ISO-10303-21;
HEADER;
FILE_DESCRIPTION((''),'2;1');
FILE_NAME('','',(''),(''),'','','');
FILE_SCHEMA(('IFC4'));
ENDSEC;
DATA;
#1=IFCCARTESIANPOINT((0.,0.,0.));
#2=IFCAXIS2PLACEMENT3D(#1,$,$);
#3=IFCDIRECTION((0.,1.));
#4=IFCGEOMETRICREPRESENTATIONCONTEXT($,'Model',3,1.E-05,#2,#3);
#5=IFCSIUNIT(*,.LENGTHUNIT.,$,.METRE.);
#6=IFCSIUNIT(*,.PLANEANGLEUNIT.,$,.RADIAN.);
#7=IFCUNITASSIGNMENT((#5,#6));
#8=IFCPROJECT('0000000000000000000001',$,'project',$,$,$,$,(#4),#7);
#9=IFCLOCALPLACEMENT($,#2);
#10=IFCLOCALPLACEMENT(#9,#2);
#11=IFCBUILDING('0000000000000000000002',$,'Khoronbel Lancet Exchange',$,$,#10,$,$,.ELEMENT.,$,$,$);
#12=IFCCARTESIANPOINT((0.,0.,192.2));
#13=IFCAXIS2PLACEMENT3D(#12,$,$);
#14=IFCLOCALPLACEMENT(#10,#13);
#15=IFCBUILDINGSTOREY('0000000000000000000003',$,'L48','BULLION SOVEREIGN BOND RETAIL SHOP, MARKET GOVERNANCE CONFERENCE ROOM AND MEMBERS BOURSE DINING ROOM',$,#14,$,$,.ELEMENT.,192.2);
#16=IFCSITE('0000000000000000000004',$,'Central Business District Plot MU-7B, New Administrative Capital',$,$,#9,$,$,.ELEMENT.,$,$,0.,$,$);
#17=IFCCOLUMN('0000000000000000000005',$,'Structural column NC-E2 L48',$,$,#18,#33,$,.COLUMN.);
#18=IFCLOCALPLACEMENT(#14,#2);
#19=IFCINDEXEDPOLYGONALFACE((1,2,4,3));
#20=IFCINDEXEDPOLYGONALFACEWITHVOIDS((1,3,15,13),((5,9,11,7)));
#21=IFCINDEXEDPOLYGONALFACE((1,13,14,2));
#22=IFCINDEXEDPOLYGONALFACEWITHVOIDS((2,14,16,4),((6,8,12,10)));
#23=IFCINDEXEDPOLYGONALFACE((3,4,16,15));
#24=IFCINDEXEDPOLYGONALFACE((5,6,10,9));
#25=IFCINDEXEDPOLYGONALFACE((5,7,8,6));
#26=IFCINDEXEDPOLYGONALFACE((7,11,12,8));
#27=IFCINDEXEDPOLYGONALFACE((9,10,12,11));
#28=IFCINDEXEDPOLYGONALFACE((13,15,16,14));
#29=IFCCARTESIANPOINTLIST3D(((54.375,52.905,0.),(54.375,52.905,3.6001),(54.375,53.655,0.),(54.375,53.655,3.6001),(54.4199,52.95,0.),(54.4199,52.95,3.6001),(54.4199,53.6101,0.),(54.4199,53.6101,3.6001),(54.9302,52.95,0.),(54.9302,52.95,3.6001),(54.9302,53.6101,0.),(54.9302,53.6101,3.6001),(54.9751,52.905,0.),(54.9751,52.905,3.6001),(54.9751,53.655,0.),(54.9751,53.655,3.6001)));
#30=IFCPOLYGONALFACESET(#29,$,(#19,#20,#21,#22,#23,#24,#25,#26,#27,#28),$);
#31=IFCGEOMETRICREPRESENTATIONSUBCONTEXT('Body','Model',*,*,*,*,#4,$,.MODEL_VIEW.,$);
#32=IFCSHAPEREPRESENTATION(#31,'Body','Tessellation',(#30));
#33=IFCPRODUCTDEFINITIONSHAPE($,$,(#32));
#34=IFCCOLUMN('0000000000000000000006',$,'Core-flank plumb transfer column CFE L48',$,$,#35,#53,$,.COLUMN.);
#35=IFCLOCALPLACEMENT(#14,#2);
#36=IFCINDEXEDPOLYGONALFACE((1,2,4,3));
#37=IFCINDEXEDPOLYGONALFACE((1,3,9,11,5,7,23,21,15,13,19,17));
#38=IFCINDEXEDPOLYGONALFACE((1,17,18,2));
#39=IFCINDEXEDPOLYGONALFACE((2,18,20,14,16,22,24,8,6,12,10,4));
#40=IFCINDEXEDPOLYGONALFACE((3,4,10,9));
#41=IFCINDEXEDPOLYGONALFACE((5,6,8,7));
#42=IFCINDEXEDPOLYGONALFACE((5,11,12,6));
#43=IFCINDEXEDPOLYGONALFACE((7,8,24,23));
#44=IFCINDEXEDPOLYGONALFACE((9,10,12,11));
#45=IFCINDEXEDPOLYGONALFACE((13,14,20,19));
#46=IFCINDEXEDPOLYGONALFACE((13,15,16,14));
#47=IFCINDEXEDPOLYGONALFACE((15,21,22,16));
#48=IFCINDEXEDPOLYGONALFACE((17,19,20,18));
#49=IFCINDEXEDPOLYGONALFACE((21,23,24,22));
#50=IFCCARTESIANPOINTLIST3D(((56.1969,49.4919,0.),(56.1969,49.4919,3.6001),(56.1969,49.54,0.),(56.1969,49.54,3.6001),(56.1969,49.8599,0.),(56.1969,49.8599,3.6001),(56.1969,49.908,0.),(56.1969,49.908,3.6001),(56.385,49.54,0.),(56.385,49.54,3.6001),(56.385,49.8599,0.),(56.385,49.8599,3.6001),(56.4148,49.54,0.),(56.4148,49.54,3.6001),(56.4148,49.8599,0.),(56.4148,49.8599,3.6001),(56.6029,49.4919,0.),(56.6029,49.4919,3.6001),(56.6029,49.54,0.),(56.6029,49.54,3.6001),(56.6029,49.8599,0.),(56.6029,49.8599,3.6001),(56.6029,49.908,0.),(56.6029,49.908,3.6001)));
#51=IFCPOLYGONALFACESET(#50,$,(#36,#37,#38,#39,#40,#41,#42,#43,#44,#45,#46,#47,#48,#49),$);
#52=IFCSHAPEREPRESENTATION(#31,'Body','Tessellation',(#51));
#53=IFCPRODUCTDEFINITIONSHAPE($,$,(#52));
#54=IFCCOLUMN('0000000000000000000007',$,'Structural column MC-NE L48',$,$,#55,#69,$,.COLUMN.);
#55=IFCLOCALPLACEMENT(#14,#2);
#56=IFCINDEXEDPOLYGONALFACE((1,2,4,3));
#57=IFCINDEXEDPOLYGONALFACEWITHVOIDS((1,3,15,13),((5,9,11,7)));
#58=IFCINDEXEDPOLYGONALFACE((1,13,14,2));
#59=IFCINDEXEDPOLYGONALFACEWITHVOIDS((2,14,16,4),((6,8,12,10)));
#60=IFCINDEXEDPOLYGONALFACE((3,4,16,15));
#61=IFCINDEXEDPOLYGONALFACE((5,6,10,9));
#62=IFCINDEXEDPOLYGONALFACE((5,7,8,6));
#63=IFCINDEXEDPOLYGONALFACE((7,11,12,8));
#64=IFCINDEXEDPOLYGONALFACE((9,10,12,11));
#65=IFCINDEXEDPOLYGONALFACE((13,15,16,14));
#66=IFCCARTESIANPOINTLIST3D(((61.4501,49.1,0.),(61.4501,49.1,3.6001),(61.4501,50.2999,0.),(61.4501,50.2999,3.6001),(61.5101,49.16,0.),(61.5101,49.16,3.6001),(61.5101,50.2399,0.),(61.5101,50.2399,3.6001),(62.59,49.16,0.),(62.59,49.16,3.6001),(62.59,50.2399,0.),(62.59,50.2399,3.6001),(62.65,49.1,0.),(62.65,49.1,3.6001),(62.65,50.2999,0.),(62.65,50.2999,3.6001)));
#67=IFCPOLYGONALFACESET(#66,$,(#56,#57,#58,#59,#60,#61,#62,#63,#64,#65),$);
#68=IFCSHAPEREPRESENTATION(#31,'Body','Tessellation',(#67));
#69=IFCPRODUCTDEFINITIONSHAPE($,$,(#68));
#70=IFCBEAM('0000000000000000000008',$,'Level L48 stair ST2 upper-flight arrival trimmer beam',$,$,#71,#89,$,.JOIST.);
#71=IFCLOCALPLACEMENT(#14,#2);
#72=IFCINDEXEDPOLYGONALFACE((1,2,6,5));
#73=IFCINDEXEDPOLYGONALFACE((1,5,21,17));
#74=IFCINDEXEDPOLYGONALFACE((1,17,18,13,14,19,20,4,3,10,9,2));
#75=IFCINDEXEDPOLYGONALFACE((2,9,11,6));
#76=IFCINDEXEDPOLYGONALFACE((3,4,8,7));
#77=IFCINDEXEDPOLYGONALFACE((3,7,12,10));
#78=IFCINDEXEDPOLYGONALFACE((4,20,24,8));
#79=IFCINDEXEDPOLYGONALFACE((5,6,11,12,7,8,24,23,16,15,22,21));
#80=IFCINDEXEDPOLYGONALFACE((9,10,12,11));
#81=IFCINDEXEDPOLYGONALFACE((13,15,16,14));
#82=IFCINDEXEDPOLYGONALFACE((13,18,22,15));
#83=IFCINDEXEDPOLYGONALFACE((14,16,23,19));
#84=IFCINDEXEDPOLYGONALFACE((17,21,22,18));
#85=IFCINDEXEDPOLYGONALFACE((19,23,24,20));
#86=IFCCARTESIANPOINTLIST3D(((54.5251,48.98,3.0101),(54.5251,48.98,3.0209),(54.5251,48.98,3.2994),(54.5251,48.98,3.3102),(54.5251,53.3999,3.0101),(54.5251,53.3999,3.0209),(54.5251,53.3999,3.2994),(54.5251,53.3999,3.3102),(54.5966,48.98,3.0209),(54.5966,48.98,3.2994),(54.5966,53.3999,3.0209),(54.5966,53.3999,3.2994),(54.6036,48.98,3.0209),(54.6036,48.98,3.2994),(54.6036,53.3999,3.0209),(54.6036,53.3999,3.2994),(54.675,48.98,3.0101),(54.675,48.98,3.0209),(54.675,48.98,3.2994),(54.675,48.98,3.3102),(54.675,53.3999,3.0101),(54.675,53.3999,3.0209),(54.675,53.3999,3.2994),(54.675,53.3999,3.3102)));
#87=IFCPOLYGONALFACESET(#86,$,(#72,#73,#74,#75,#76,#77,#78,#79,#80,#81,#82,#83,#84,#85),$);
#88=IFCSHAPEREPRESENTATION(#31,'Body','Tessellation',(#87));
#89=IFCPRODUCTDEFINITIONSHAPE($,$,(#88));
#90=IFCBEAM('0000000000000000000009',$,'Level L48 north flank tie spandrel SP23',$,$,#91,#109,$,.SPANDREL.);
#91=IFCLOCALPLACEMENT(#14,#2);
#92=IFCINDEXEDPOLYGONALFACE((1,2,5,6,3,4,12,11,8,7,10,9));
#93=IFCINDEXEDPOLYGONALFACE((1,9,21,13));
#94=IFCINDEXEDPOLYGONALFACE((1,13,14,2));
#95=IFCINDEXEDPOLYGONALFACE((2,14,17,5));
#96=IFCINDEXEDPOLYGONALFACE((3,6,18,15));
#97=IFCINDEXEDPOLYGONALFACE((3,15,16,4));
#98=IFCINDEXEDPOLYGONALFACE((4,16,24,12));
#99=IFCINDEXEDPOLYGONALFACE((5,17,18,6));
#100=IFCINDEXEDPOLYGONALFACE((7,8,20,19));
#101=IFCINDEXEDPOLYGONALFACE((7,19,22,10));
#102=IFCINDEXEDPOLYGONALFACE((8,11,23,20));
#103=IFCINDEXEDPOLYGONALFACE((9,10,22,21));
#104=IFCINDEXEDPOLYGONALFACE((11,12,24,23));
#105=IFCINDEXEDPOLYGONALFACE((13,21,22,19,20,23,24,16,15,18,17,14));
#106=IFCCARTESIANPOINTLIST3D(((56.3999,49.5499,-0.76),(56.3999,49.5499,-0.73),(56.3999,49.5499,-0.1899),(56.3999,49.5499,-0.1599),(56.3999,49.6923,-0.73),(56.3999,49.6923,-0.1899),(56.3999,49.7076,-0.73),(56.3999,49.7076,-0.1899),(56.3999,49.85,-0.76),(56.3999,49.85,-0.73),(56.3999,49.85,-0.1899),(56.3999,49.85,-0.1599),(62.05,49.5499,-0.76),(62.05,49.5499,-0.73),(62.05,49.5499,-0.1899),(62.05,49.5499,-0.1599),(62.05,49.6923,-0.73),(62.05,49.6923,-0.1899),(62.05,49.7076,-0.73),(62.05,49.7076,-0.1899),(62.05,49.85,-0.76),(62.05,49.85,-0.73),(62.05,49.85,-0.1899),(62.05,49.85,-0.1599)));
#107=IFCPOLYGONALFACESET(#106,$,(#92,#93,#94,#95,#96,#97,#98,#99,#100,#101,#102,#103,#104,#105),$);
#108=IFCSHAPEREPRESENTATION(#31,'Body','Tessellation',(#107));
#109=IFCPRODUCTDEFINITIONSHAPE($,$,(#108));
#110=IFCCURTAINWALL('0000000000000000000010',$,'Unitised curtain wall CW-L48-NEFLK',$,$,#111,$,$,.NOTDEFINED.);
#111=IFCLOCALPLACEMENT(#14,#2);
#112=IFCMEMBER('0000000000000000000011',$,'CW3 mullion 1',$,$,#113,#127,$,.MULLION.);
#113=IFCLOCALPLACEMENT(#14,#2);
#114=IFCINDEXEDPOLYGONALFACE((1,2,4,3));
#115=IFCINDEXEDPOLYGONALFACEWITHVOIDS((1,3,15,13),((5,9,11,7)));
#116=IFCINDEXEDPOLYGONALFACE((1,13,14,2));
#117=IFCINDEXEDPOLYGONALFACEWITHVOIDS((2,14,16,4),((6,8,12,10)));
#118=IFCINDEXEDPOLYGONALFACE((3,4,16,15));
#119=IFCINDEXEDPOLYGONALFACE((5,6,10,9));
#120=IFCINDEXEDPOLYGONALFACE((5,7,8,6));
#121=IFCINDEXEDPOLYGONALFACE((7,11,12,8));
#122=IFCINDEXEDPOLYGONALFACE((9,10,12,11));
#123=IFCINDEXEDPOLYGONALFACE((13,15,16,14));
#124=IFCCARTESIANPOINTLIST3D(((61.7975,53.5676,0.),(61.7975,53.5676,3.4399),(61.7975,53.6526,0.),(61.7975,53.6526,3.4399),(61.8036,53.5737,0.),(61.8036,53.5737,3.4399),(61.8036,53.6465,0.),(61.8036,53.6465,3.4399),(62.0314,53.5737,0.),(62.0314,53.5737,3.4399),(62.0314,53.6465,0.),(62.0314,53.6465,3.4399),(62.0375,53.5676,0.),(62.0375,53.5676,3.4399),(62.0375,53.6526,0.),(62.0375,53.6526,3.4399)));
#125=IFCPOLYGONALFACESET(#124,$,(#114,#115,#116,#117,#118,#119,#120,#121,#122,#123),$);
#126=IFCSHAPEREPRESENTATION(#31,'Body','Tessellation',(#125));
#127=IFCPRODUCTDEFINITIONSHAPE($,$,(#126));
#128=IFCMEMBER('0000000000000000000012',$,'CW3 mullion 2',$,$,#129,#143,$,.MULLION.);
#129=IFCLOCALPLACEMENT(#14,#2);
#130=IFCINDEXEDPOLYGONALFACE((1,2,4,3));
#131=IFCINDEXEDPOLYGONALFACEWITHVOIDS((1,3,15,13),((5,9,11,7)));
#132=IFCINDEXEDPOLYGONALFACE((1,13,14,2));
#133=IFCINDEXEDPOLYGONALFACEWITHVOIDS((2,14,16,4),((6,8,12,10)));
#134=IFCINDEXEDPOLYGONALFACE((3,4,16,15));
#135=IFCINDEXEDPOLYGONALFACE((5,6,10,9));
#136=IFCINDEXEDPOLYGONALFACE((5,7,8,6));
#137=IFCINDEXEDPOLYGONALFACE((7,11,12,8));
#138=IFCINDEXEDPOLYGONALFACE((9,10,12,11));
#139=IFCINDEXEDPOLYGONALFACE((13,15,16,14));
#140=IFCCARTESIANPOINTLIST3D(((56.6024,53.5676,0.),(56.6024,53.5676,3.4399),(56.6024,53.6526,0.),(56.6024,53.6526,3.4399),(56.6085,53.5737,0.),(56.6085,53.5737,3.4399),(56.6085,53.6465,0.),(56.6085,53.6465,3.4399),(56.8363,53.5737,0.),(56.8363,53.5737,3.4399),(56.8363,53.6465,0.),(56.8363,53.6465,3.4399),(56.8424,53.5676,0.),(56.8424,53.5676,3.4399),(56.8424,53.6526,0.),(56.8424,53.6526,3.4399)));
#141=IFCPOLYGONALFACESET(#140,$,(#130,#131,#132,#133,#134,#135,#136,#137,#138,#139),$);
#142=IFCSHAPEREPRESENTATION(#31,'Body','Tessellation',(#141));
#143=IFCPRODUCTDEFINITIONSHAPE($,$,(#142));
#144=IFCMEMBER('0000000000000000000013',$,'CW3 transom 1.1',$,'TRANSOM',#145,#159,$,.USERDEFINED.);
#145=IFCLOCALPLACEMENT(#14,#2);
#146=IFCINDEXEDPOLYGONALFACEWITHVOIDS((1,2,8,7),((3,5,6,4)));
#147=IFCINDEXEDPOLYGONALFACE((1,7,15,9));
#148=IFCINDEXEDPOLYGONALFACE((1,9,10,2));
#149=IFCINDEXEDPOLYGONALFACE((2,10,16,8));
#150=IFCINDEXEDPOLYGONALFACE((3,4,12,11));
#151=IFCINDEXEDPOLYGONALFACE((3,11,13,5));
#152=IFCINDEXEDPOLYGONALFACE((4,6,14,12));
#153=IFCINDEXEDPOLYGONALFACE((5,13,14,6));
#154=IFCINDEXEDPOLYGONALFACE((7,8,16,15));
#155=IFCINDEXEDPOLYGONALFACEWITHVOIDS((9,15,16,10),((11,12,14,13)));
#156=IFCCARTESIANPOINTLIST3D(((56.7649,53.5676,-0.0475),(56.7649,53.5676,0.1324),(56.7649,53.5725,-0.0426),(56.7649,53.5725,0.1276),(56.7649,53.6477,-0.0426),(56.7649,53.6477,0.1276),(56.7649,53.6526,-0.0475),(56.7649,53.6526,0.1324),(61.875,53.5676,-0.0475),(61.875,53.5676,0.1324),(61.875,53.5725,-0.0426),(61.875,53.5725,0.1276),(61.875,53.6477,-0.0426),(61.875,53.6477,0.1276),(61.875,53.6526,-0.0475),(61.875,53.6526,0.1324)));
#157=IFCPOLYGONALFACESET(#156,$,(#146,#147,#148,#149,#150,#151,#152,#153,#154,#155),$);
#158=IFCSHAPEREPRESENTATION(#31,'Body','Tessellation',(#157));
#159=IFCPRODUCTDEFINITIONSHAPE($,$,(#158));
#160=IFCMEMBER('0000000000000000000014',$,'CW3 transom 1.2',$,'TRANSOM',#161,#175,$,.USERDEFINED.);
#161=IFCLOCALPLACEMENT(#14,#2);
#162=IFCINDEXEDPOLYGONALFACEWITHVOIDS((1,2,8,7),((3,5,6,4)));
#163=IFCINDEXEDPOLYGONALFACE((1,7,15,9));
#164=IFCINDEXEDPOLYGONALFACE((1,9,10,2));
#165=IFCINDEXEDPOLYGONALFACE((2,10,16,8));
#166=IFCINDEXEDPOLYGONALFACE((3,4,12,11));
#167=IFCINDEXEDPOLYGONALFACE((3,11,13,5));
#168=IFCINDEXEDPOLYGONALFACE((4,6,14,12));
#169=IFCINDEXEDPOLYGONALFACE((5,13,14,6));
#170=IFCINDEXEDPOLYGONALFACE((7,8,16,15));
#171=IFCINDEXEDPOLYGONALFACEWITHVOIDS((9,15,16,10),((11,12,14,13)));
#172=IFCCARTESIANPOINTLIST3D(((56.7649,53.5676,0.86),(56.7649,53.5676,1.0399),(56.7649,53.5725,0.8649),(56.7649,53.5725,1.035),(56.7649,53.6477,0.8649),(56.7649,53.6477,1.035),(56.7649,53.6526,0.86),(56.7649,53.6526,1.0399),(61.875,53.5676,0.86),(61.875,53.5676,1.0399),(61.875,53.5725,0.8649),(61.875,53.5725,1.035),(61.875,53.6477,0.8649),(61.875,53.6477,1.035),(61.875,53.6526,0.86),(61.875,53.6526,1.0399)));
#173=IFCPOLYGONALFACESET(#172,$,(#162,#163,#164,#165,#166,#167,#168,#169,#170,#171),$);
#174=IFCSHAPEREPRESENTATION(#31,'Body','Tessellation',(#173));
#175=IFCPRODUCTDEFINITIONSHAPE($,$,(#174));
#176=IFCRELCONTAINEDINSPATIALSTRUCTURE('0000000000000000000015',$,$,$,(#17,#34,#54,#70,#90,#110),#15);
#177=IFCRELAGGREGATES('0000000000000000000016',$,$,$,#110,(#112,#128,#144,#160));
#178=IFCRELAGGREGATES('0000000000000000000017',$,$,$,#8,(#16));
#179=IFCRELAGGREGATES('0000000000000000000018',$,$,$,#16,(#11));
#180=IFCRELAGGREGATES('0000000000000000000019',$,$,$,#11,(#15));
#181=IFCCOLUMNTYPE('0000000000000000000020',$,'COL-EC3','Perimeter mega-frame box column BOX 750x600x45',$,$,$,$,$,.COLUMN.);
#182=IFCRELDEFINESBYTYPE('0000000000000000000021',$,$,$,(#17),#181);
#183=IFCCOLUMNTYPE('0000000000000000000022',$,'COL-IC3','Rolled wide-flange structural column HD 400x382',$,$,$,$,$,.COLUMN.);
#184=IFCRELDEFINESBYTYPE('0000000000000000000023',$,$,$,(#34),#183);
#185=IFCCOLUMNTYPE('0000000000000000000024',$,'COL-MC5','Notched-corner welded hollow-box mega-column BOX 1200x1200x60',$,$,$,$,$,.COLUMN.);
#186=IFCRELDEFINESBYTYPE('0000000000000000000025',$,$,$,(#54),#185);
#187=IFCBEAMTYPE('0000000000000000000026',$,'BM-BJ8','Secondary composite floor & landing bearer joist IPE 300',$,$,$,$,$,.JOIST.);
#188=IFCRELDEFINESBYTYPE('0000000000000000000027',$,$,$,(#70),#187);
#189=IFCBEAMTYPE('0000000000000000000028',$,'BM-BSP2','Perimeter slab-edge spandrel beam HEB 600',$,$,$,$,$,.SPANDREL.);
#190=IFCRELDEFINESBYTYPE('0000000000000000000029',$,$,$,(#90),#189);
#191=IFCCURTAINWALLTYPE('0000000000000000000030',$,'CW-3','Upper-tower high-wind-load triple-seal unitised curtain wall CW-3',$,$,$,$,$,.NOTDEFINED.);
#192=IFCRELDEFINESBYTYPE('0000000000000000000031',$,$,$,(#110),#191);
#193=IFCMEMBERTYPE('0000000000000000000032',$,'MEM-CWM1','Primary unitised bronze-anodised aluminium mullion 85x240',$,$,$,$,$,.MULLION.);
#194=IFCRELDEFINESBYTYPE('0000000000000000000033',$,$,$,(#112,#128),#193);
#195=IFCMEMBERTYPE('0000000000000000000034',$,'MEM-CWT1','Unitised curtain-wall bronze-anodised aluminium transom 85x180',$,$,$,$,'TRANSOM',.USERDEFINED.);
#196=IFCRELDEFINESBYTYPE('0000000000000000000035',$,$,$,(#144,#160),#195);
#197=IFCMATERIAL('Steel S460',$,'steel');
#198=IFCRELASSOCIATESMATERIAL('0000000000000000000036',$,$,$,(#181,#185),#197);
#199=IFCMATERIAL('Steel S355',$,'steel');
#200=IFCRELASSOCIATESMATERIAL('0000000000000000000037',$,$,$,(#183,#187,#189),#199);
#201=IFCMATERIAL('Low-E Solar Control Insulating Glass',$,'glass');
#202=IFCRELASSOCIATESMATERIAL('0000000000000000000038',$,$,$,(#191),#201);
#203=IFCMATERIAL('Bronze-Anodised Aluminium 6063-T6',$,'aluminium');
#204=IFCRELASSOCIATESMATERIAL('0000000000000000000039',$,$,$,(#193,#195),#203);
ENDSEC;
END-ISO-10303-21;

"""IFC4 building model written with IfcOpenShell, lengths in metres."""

from ifc_helpers import new_model, si_unit, direction, frame, origin, origin_2d, place, context, subcontext, project, spatial, hollow_rectangle, i_section, extrude, material, material_profile, profile_set, type_object, element, aggregate, save


model = new_model("IFC4")

# Units and contexts
model_context = context("Model", 3, precision=1e-05, world=origin(), true_north=direction((0.0, 1.0)))
body_context = subcontext(model_context, "Body", "Model", "MODEL_VIEW")
ifc_project = project(units=[si_unit("LENGTHUNIT", "METRE"), si_unit("PLANEANGLEUNIT", "RADIAN")], contexts=[model_context])

# Site, building, storey
site_placement = place(None, origin())
site = spatial("IfcSite", under=ifc_project, at=site_placement, Name="Central Business District Plot MU-7B, New Administrative Capital", CompositionType="ELEMENT", RefElevation=0.0)
building_placement = place(site_placement, origin())
building = spatial("IfcBuilding", under=site, at=building_placement, Name="Khoronbel Lancet Exchange", CompositionType="ELEMENT")
storey_placement = place(building_placement, frame((0.0, 0.0, 192.2)))
storey = spatial("IfcBuildingStorey", under=building, at=storey_placement, Name="L48", Description="BULLION SOVEREIGN BOND RETAIL SHOP, MARKET GOVERNANCE CONFERENCE ROOM AND MEMBERS BOURSE DINING ROOM", CompositionType="ELEMENT", Elevation=192.2)

# Columns
ifc_material_1 = material(Name="Steel S460", Category="steel")
ifc_material_profile_1 = material_profile(ifc_material_1, hollow_rectangle(XDim=0.6001, YDim=0.75, WallThickness=0.0449, at=origin_2d()), Name="BOX 750x600x45")
ifc_profile_set_1 = profile_set([ifc_material_profile_1], Name="Steel S460")
column_type_1 = type_object("IfcColumnType", Name="COL-EC3", Description="Perimeter mega-frame box column BOX 750x600x45", PredefinedType="COLUMN", material=ifc_profile_set_1)
column_1_placement = place(storey_placement, frame((54.675, 53.28, 0.0), z_axis=(0.0, 0.0, 1.0), x_axis=(1.0, 0.0, 0.0)))
element("IfcColumn", 1, at=column_1_placement, inside=storey, type_object=column_type_1, Name="Structural column NC-E2 L48", PredefinedType="COLUMN", context=body_context, shape_type="SweptSolid", body=[
    extrude(hollow_rectangle(XDim=0.6001, YDim=0.75, WallThickness=0.0449, at=origin_2d()), origin(), (0.0, 0.0, 1.0), 3.6001),
])
ifc_material_2 = material(Name="Steel S355", Category="steel")
ifc_material_profile_2 = material_profile(ifc_material_2, i_section(OverallWidth=0.406, OverallDepth=0.416, WebThickness=0.0298, FlangeThickness=0.0481, at=origin_2d()), Name="HD 400x382")
ifc_profile_set_2 = profile_set([ifc_material_profile_2], Name="Steel S355")
column_type_2 = type_object("IfcColumnType", Name="COL-IC3", Description="Rolled wide-flange structural column HD 400x382", PredefinedType="COLUMN", material=ifc_profile_set_2)
column_2_placement = place(storey_placement, frame((56.3999, 49.7, 0.0), z_axis=(0.0, 0.0, 1.0), x_axis=(1.0, 0.0, 0.0)))
element("IfcColumn", 2, at=column_2_placement, inside=storey, type_object=column_type_2, Name="Core-flank plumb transfer column CFE L48", PredefinedType="COLUMN", context=body_context, shape_type="SweptSolid", body=[
    extrude(i_section(OverallWidth=0.406, OverallDepth=0.416, WebThickness=0.0298, FlangeThickness=0.0481, at=origin_2d()), origin(), (0.0, 0.0, 1.0), 3.6001),
])
ifc_material_profile_3 = material_profile(ifc_material_1, hollow_rectangle(XDim=1.2, YDim=1.2, WallThickness=0.0601, at=origin_2d()), Name="BOX 1200x1200x60")
ifc_profile_set_3 = profile_set([ifc_material_profile_3], Name="Steel S460")
column_type_3 = type_object("IfcColumnType", Name="COL-MC5", Description="Notched-corner welded hollow-box mega-column BOX 1200x1200x60", PredefinedType="COLUMN", material=ifc_profile_set_3)
column_3_placement = place(storey_placement, frame((62.05, 49.7, 0.0), z_axis=(0.0, 0.0, 1.0), x_axis=(1.0, 0.0, 0.0)))
element("IfcColumn", 3, at=column_3_placement, inside=storey, type_object=column_type_3, Name="Structural column MC-NE L48", PredefinedType="COLUMN", context=body_context, shape_type="SweptSolid", body=[
    extrude(hollow_rectangle(XDim=1.2, YDim=1.2, WallThickness=0.0601, at=origin_2d()), origin(), (0.0, 0.0, 1.0), 3.6001),
])

# Beams
ifc_material_profile_4 = material_profile(ifc_material_2, i_section(OverallWidth=0.1499, OverallDepth=0.3, WebThickness=0.0071, FlangeThickness=0.0107, at=origin_2d()), Name="IPE 300")
ifc_profile_set_4 = profile_set([ifc_material_profile_4], Name="Steel S355")
beam_type_1 = type_object("IfcBeamType", Name="BM-BJ8", Description="Secondary composite floor & landing bearer joist IPE 300", PredefinedType="JOIST", material=ifc_profile_set_4)
beam_1_placement = place(storey_placement, frame((54.6001, 48.98, 3.1602), z_axis=(0.0, 1.0, 0.0), x_axis=(-1.0, 0.0, 0.0)))
element("IfcBeam", 4, at=beam_1_placement, inside=storey, type_object=beam_type_1, Name="Level L48 stair ST2 upper-flight arrival trimmer beam", PredefinedType="JOIST", context=body_context, shape_type="SweptSolid", body=[
    extrude(i_section(OverallWidth=0.1499, OverallDepth=0.3, WebThickness=0.0071, FlangeThickness=0.0107, at=origin_2d()), origin(), (0.0, 0.0, 1.0), 4.4199),
])
ifc_material_profile_5 = material_profile(ifc_material_2, i_section(OverallWidth=0.3, OverallDepth=0.6001, WebThickness=0.0154, FlangeThickness=0.03, at=origin_2d()), Name="HEB 600")
ifc_profile_set_5 = profile_set([ifc_material_profile_5], Name="Steel S355")
beam_type_2 = type_object("IfcBeamType", Name="BM-BSP2", Description="Perimeter slab-edge spandrel beam HEB 600", PredefinedType="SPANDREL", material=ifc_profile_set_5)
beam_2_placement = place(storey_placement, frame((62.05, 49.7, -0.46), z_axis=(-1.0, 0.0, 0.0), x_axis=(0.0, -1.0, 0.0)))
element("IfcBeam", 5, at=beam_2_placement, inside=storey, type_object=beam_type_2, Name="Level L48 north flank tie spandrel SP23", PredefinedType="SPANDREL", context=body_context, shape_type="SweptSolid", body=[
    extrude(i_section(OverallWidth=0.3, OverallDepth=0.6001, WebThickness=0.0154, FlangeThickness=0.03, at=origin_2d()), origin(), (0.0, 0.0, 1.0), 5.6501),
])

# Curtain wall, members
ifc_material_3 = material(Name="Low-E Solar Control Insulating Glass", Category="glass")
curtain_wall_type = type_object("IfcCurtainWallType", Name="CW-3", Description="Upper-tower high-wind-load triple-seal unitised curtain wall CW-3", PredefinedType="NOTDEFINED", material=ifc_material_3)
curtain_wall_placement = place(storey_placement, origin())
curtain_wall = element("IfcCurtainWall", 6, at=curtain_wall_placement, inside=storey, type_object=curtain_wall_type, Name="Unitised curtain wall CW-L48-NEFLK", PredefinedType="NOTDEFINED")
ifc_material_4 = material(Name="Bronze-Anodised Aluminium 6063-T6", Category="aluminium")
ifc_material_profile_6 = material_profile(ifc_material_4, hollow_rectangle(XDim=0.085, YDim=0.24, WallThickness=0.0061, at=origin_2d()), Name="ALU MULLION 85x240")
ifc_profile_set_6 = profile_set([ifc_material_profile_6], Name="Bronze-Anodised Aluminium 6063-T6")
member_type_1 = type_object("IfcMemberType", Name="MEM-CWM1", Description="Primary unitised bronze-anodised aluminium mullion 85x240", PredefinedType="MULLION", material=ifc_profile_set_6)
member_1_placement = place(storey_placement, frame((61.9175, 53.6101, 0.0), z_axis=(0.0, 0.0, 1.0), x_axis=(0.0, -1.0, 0.0)))
member_1 = element("IfcMember", 7, at=member_1_placement, type_object=member_type_1, Name="CW3 mullion 1", PredefinedType="MULLION", context=body_context, shape_type="SweptSolid", body=[
    extrude(hollow_rectangle(XDim=0.085, YDim=0.24, WallThickness=0.0061, at=origin_2d()), origin(), (0.0, 0.0, 1.0), 3.4399),
])
member_2_placement = place(storey_placement, frame((56.7224, 53.6101, 0.0), z_axis=(0.0, 0.0, 1.0), x_axis=(0.0, -1.0, 0.0)))
member_2 = element("IfcMember", 8, at=member_2_placement, type_object=member_type_1, Name="CW3 mullion 2", PredefinedType="MULLION", context=body_context, shape_type="SweptSolid", body=[
    extrude(hollow_rectangle(XDim=0.085, YDim=0.24, WallThickness=0.0061, at=origin_2d()), origin(), (0.0, 0.0, 1.0), 3.4399),
])
ifc_material_profile_7 = material_profile(ifc_material_4, hollow_rectangle(XDim=0.085, YDim=0.1799, WallThickness=0.0049, at=origin_2d()), Name="ALU TRANSOM 85x180")
ifc_profile_set_7 = profile_set([ifc_material_profile_7], Name="Bronze-Anodised Aluminium 6063-T6")
member_type_2 = type_object("IfcMemberType", Name="MEM-CWT1", Description="Unitised curtain-wall bronze-anodised aluminium transom 85x180", ElementType="TRANSOM", PredefinedType="USERDEFINED", material=ifc_profile_set_7)
member_3_placement = place(storey_placement, frame((61.875, 53.6101, 0.0425), z_axis=(-1.0, 0.0, 0.0), x_axis=(0.0, -1.0, 0.0)))
member_3 = element("IfcMember", 9, at=member_3_placement, type_object=member_type_2, Name="CW3 transom 1.1", ObjectType="TRANSOM", PredefinedType="USERDEFINED", context=body_context, shape_type="SweptSolid", body=[
    extrude(hollow_rectangle(XDim=0.085, YDim=0.1799, WallThickness=0.0049, at=origin_2d()), origin(), (0.0, 0.0, 1.0), 5.1101),
])
member_4_placement = place(storey_placement, frame((61.875, 53.6101, 0.95), z_axis=(-1.0, 0.0, 0.0), x_axis=(0.0, -1.0, 0.0)))
member_4 = element("IfcMember", 10, at=member_4_placement, type_object=member_type_2, Name="CW3 transom 1.2", ObjectType="TRANSOM", PredefinedType="USERDEFINED", context=body_context, shape_type="SweptSolid", body=[
    extrude(hollow_rectangle(XDim=0.085, YDim=0.1799, WallThickness=0.0049, at=origin_2d()), origin(), (0.0, 0.0, 1.0), 5.1101),
])
aggregate(curtain_wall, [member_1, member_2, member_3, member_4])

save(model, "model.ifc")
